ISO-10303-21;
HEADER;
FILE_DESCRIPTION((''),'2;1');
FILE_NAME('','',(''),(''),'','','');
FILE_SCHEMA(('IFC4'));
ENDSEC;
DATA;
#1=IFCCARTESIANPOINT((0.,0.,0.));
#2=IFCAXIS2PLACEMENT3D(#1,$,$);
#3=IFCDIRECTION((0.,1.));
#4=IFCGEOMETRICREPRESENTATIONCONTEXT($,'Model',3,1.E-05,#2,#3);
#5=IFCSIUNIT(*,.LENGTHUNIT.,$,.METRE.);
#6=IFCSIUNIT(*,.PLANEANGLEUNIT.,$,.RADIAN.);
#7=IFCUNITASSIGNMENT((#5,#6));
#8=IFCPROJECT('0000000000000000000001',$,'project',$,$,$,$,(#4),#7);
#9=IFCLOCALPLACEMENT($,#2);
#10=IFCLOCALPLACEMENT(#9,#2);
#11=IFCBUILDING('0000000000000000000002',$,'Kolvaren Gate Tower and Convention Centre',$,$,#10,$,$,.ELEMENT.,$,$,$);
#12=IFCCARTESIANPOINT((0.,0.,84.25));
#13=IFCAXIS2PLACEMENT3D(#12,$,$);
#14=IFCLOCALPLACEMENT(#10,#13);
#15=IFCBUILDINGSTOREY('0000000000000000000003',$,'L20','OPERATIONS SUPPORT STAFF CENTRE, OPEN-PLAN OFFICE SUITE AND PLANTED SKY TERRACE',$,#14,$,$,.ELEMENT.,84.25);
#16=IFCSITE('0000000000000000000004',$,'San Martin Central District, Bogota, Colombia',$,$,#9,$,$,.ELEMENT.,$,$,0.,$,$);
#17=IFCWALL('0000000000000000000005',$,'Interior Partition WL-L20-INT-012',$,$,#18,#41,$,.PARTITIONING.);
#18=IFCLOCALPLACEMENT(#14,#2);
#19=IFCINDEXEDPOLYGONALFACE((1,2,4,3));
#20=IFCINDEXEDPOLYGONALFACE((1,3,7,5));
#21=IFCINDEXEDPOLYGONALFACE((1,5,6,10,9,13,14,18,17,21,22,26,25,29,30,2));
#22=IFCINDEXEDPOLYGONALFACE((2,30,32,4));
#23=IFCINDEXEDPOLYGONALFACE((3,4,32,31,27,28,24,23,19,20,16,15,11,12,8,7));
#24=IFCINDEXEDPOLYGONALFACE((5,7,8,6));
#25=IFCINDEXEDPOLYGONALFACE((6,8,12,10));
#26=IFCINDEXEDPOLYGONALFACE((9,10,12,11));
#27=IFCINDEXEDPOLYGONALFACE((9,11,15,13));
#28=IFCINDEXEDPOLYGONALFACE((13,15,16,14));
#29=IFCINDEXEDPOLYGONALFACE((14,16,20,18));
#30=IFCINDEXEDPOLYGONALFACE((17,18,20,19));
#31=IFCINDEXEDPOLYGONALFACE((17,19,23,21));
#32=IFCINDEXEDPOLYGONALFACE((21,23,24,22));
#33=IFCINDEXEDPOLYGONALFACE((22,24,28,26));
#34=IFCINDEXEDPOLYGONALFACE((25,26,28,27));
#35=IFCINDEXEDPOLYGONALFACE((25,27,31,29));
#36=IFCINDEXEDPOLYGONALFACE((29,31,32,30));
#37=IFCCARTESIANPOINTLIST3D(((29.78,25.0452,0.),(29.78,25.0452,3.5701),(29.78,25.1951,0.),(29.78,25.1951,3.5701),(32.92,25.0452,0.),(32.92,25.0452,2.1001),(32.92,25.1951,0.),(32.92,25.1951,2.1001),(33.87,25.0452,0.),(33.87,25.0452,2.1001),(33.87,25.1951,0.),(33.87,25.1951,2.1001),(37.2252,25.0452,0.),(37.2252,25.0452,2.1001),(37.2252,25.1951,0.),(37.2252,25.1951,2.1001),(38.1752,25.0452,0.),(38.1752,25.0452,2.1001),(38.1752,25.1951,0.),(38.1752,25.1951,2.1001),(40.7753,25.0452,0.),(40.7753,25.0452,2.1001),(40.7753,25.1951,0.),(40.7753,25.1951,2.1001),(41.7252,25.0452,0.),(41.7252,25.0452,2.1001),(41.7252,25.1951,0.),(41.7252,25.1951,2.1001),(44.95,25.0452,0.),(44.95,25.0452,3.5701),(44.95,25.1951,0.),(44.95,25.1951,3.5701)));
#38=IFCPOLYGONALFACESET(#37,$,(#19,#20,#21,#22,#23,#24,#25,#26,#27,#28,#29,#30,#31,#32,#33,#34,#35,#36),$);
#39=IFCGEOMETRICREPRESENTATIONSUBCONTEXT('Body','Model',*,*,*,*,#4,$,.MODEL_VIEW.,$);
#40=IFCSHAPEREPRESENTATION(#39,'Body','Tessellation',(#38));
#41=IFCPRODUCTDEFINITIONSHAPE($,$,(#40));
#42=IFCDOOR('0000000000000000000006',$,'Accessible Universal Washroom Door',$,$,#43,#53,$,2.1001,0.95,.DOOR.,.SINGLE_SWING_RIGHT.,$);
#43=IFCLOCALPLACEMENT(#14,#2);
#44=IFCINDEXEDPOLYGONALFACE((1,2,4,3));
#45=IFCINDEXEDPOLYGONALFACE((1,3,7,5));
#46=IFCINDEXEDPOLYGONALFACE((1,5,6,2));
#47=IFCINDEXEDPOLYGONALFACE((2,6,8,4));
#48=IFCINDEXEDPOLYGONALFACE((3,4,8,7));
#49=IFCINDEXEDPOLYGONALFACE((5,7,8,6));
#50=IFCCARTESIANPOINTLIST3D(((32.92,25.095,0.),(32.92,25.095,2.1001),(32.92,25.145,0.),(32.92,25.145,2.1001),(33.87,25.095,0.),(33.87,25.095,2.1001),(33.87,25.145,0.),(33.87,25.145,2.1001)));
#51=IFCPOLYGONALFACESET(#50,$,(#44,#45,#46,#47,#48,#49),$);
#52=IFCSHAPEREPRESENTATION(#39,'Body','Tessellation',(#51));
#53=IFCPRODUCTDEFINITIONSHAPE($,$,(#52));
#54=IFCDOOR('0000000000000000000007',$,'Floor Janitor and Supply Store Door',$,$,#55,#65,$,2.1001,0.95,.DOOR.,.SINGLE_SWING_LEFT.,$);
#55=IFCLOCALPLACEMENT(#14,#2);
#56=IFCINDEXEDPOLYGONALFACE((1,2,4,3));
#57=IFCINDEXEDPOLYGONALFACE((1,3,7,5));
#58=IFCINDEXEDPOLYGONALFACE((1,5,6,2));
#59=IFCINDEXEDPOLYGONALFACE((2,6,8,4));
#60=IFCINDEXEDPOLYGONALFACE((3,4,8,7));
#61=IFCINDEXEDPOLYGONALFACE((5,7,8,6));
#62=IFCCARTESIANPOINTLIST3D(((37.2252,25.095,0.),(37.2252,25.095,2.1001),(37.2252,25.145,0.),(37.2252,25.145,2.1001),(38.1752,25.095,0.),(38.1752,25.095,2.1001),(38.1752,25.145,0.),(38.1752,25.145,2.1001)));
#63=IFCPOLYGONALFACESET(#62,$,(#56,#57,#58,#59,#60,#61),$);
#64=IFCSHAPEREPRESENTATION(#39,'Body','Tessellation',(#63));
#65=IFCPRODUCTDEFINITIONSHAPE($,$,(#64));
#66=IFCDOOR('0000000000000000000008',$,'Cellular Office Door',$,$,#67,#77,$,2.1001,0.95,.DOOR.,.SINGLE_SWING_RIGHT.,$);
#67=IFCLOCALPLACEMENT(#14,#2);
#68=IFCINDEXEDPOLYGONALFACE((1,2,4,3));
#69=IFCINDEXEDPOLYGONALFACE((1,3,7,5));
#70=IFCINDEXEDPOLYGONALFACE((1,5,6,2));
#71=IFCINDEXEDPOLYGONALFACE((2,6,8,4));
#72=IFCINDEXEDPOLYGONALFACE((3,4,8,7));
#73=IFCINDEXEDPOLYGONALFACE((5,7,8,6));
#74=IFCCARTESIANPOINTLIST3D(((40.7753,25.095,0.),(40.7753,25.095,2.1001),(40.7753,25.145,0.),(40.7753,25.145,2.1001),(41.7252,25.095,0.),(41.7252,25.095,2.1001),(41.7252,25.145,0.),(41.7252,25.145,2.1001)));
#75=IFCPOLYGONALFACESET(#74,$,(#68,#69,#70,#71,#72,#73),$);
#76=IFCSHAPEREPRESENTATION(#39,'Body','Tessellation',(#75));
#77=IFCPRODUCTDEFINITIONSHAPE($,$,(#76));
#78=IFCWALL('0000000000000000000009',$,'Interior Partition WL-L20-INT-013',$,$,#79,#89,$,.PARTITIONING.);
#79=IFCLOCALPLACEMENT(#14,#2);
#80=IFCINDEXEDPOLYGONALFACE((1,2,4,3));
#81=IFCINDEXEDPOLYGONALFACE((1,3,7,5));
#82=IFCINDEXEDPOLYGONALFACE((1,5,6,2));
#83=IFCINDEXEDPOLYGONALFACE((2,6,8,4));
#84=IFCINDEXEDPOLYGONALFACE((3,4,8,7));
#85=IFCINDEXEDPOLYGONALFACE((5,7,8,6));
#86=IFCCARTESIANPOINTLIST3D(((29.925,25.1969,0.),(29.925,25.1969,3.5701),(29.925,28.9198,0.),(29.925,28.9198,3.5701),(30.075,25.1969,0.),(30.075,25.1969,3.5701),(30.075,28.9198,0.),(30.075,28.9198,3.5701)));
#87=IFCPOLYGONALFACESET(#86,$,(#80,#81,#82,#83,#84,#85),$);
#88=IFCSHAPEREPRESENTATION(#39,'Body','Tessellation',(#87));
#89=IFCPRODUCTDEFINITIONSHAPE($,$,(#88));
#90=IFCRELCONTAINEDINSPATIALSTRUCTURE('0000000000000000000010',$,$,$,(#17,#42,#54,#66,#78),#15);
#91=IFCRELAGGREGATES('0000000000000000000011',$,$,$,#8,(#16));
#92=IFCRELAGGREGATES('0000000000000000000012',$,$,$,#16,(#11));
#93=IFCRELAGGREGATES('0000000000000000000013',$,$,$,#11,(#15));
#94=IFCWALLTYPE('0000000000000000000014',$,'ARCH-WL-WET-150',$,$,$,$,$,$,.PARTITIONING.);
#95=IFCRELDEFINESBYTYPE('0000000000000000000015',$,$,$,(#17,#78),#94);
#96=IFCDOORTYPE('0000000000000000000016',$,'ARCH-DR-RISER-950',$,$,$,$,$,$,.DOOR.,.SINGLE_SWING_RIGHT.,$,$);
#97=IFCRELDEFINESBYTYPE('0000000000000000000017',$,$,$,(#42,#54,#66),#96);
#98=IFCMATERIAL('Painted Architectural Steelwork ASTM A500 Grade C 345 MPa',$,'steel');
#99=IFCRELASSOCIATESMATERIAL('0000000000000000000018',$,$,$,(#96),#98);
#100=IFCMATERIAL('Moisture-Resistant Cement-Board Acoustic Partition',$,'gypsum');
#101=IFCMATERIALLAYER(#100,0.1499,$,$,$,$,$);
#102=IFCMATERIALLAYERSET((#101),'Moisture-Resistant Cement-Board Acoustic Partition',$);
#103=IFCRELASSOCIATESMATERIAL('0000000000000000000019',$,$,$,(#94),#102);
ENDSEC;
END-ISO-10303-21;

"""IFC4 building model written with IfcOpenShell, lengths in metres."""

from ifc_helpers import new_model, si_unit, direction, frame, frame_2d, origin, place, context, subcontext, project, spatial, rectangle, extrude, material, layer, layer_set, type_object, element, fill, save


model = new_model("IFC4")

# Units and contexts
model_context = context("Model", 3, precision=1e-05, world=origin(), true_north=direction((0.0, 1.0)))
body_context = subcontext(model_context, "Body", "Model", "MODEL_VIEW")
ifc_project = project(units=[si_unit("LENGTHUNIT", "METRE"), si_unit("PLANEANGLEUNIT", "RADIAN")], contexts=[model_context])

# Site, building, storey
site_placement = place(None, origin())
site = spatial("IfcSite", under=ifc_project, at=site_placement, Name="San Martin Central District, Bogota, Colombia", CompositionType="ELEMENT", RefElevation=0.0)
building_placement = place(site_placement, origin())
building = spatial("IfcBuilding", under=site, at=building_placement, Name="Kolvaren Gate Tower and Convention Centre", CompositionType="ELEMENT")
storey_placement = place(building_placement, frame((0.0, 0.0, 84.25)))
storey = spatial("IfcBuildingStorey", under=building, at=storey_placement, Name="L20", Description="OPERATIONS SUPPORT STAFF CENTRE, OPEN-PLAN OFFICE SUITE AND PLANTED SKY TERRACE", CompositionType="ELEMENT", Elevation=84.25)

# Shared definitions
ifc_material_1 = material(Name="Painted Architectural Steelwork ASTM A500 Grade C 345 MPa", Category="steel")
door_type_1 = type_object("IfcDoorType", Name="ARCH-DR-RISER-950", OperationType="SINGLE_SWING_RIGHT", PredefinedType="DOOR", material=ifc_material_1)

# Wall, openings, doors
ifc_material_2 = material(Name="Moisture-Resistant Cement-Board Acoustic Partition", Category="gypsum")
ifc_layer_1 = layer(ifc_material_2, 0.1499)
ifc_layer_set_1 = layer_set([ifc_layer_1], Name="Moisture-Resistant Cement-Board Acoustic Partition")
wall_type_1 = type_object("IfcWallType", Name="ARCH-WL-WET-150", PredefinedType="PARTITIONING", material=ifc_layer_set_1)
wall_1_placement = place(storey_placement, frame((29.78, 25.1201, 0.0), z_axis=(0.0, 0.0, 1.0), x_axis=(1.0, 0.0, 0.0)))
wall_1 = element("IfcWall", 1, at=wall_1_placement, inside=storey, type_object=wall_type_1, Name="Interior Partition WL-L20-INT-012", PredefinedType="PARTITIONING", context=body_context, shape_type="SweptSolid", body=[
    extrude(rectangle(XDim=15.1699, YDim=0.1499, at=frame_2d((7.585, 0.0))), origin(), (0.0, 0.0, 1.0), 3.5701),
])
opening_1_placement = place(wall_1_placement, frame((3.1399, 0.0, 0.0)))
opening_1 = element("IfcOpeningElement", 2, at=opening_1_placement, cuts=wall_1, PredefinedType="OPENING", context=body_context, shape_type="SweptSolid", body=[
    extrude(rectangle(XDim=0.95, YDim=2.1001, at=frame_2d((0.4751, 1.05))), frame((0.0, 0.085, 0.0), z_axis=(0.0, -1.0, 0.0), x_axis=(1.0, 0.0, 0.0)), (0.0, 0.0, 1.0), 0.1699),
])
opening_2_placement = place(wall_1_placement, frame((7.4451, 0.0, 0.0)))
opening_2 = element("IfcOpeningElement", 3, at=opening_2_placement, cuts=wall_1, PredefinedType="OPENING", context=body_context, shape_type="SweptSolid", body=[
    extrude(rectangle(XDim=0.95, YDim=2.1001, at=frame_2d((0.4751, 1.05))), frame((0.0, 0.085, 0.0), z_axis=(0.0, -1.0, 0.0), x_axis=(1.0, 0.0, 0.0)), (0.0, 0.0, 1.0), 0.1699),
])
opening_3_placement = place(wall_1_placement, frame((10.9951, 0.0, 0.0)))
opening_3 = element("IfcOpeningElement", 4, at=opening_3_placement, cuts=wall_1, PredefinedType="OPENING", context=body_context, shape_type="SweptSolid", body=[
    extrude(rectangle(XDim=0.95, YDim=2.1001, at=frame_2d((0.4751, 1.05))), frame((0.0, 0.085, 0.0), z_axis=(0.0, -1.0, 0.0), x_axis=(1.0, 0.0, 0.0)), (0.0, 0.0, 1.0), 0.1699),
])
door_1_placement = place(opening_1_placement, origin())
door_1 = element("IfcDoor", 5, at=door_1_placement, inside=storey, type_object=door_type_1, Name="Accessible Universal Washroom Door", OperationType="SINGLE_SWING_RIGHT", OverallHeight=2.1001, OverallWidth=0.95, PredefinedType="DOOR", context=body_context, shape_type="SweptSolid", body=[
    extrude(rectangle(XDim=0.95, YDim=2.1001, at=frame_2d((0.4751, 1.05))), frame((0.0, 0.0249, 0.0), z_axis=(0.0, -1.0, 0.0), x_axis=(1.0, 0.0, 0.0)), (0.0, 0.0, 1.0), 0.05),
])
fill(opening_1, door_1)
door_2_placement = place(opening_2_placement, origin())
door_2 = element("IfcDoor", 6, at=door_2_placement, inside=storey, type_object=door_type_1, Name="Floor Janitor and Supply Store Door", OperationType="SINGLE_SWING_LEFT", OverallHeight=2.1001, OverallWidth=0.95, PredefinedType="DOOR", context=body_context, shape_type="SweptSolid", body=[
    extrude(rectangle(XDim=0.95, YDim=2.1001, at=frame_2d((0.4751, 1.05))), frame((0.0, 0.0249, 0.0), z_axis=(0.0, -1.0, 0.0), x_axis=(1.0, 0.0, 0.0)), (0.0, 0.0, 1.0), 0.05),
])
fill(opening_2, door_2)
door_3_placement = place(opening_3_placement, origin())
door_3 = element("IfcDoor", 7, at=door_3_placement, inside=storey, type_object=door_type_1, Name="Cellular Office Door", OperationType="SINGLE_SWING_RIGHT", OverallHeight=2.1001, OverallWidth=0.95, PredefinedType="DOOR", context=body_context, shape_type="SweptSolid", body=[
    extrude(rectangle(XDim=0.95, YDim=2.1001, at=frame_2d((0.4751, 1.05))), frame((0.0, 0.0249, 0.0), z_axis=(0.0, -1.0, 0.0), x_axis=(1.0, 0.0, 0.0)), (0.0, 0.0, 1.0), 0.05),
])
fill(opening_3, door_3)

# Wall
wall_2_placement = place(storey_placement, frame((30.0, 25.197, 0.0), z_axis=(0.0, 0.0, 1.0), x_axis=(0.0, 1.0, 0.0)))
element("IfcWall", 8, at=wall_2_placement, inside=storey, type_object=wall_type_1, Name="Interior Partition WL-L20-INT-013", PredefinedType="PARTITIONING", context=body_context, shape_type="SweptSolid", body=[
    extrude(rectangle(XDim=3.7229, YDim=0.1499, at=frame_2d((1.8613, 0.0))), origin(), (0.0, 0.0, 1.0), 3.5701),
])

save(model, "model.ifc")
